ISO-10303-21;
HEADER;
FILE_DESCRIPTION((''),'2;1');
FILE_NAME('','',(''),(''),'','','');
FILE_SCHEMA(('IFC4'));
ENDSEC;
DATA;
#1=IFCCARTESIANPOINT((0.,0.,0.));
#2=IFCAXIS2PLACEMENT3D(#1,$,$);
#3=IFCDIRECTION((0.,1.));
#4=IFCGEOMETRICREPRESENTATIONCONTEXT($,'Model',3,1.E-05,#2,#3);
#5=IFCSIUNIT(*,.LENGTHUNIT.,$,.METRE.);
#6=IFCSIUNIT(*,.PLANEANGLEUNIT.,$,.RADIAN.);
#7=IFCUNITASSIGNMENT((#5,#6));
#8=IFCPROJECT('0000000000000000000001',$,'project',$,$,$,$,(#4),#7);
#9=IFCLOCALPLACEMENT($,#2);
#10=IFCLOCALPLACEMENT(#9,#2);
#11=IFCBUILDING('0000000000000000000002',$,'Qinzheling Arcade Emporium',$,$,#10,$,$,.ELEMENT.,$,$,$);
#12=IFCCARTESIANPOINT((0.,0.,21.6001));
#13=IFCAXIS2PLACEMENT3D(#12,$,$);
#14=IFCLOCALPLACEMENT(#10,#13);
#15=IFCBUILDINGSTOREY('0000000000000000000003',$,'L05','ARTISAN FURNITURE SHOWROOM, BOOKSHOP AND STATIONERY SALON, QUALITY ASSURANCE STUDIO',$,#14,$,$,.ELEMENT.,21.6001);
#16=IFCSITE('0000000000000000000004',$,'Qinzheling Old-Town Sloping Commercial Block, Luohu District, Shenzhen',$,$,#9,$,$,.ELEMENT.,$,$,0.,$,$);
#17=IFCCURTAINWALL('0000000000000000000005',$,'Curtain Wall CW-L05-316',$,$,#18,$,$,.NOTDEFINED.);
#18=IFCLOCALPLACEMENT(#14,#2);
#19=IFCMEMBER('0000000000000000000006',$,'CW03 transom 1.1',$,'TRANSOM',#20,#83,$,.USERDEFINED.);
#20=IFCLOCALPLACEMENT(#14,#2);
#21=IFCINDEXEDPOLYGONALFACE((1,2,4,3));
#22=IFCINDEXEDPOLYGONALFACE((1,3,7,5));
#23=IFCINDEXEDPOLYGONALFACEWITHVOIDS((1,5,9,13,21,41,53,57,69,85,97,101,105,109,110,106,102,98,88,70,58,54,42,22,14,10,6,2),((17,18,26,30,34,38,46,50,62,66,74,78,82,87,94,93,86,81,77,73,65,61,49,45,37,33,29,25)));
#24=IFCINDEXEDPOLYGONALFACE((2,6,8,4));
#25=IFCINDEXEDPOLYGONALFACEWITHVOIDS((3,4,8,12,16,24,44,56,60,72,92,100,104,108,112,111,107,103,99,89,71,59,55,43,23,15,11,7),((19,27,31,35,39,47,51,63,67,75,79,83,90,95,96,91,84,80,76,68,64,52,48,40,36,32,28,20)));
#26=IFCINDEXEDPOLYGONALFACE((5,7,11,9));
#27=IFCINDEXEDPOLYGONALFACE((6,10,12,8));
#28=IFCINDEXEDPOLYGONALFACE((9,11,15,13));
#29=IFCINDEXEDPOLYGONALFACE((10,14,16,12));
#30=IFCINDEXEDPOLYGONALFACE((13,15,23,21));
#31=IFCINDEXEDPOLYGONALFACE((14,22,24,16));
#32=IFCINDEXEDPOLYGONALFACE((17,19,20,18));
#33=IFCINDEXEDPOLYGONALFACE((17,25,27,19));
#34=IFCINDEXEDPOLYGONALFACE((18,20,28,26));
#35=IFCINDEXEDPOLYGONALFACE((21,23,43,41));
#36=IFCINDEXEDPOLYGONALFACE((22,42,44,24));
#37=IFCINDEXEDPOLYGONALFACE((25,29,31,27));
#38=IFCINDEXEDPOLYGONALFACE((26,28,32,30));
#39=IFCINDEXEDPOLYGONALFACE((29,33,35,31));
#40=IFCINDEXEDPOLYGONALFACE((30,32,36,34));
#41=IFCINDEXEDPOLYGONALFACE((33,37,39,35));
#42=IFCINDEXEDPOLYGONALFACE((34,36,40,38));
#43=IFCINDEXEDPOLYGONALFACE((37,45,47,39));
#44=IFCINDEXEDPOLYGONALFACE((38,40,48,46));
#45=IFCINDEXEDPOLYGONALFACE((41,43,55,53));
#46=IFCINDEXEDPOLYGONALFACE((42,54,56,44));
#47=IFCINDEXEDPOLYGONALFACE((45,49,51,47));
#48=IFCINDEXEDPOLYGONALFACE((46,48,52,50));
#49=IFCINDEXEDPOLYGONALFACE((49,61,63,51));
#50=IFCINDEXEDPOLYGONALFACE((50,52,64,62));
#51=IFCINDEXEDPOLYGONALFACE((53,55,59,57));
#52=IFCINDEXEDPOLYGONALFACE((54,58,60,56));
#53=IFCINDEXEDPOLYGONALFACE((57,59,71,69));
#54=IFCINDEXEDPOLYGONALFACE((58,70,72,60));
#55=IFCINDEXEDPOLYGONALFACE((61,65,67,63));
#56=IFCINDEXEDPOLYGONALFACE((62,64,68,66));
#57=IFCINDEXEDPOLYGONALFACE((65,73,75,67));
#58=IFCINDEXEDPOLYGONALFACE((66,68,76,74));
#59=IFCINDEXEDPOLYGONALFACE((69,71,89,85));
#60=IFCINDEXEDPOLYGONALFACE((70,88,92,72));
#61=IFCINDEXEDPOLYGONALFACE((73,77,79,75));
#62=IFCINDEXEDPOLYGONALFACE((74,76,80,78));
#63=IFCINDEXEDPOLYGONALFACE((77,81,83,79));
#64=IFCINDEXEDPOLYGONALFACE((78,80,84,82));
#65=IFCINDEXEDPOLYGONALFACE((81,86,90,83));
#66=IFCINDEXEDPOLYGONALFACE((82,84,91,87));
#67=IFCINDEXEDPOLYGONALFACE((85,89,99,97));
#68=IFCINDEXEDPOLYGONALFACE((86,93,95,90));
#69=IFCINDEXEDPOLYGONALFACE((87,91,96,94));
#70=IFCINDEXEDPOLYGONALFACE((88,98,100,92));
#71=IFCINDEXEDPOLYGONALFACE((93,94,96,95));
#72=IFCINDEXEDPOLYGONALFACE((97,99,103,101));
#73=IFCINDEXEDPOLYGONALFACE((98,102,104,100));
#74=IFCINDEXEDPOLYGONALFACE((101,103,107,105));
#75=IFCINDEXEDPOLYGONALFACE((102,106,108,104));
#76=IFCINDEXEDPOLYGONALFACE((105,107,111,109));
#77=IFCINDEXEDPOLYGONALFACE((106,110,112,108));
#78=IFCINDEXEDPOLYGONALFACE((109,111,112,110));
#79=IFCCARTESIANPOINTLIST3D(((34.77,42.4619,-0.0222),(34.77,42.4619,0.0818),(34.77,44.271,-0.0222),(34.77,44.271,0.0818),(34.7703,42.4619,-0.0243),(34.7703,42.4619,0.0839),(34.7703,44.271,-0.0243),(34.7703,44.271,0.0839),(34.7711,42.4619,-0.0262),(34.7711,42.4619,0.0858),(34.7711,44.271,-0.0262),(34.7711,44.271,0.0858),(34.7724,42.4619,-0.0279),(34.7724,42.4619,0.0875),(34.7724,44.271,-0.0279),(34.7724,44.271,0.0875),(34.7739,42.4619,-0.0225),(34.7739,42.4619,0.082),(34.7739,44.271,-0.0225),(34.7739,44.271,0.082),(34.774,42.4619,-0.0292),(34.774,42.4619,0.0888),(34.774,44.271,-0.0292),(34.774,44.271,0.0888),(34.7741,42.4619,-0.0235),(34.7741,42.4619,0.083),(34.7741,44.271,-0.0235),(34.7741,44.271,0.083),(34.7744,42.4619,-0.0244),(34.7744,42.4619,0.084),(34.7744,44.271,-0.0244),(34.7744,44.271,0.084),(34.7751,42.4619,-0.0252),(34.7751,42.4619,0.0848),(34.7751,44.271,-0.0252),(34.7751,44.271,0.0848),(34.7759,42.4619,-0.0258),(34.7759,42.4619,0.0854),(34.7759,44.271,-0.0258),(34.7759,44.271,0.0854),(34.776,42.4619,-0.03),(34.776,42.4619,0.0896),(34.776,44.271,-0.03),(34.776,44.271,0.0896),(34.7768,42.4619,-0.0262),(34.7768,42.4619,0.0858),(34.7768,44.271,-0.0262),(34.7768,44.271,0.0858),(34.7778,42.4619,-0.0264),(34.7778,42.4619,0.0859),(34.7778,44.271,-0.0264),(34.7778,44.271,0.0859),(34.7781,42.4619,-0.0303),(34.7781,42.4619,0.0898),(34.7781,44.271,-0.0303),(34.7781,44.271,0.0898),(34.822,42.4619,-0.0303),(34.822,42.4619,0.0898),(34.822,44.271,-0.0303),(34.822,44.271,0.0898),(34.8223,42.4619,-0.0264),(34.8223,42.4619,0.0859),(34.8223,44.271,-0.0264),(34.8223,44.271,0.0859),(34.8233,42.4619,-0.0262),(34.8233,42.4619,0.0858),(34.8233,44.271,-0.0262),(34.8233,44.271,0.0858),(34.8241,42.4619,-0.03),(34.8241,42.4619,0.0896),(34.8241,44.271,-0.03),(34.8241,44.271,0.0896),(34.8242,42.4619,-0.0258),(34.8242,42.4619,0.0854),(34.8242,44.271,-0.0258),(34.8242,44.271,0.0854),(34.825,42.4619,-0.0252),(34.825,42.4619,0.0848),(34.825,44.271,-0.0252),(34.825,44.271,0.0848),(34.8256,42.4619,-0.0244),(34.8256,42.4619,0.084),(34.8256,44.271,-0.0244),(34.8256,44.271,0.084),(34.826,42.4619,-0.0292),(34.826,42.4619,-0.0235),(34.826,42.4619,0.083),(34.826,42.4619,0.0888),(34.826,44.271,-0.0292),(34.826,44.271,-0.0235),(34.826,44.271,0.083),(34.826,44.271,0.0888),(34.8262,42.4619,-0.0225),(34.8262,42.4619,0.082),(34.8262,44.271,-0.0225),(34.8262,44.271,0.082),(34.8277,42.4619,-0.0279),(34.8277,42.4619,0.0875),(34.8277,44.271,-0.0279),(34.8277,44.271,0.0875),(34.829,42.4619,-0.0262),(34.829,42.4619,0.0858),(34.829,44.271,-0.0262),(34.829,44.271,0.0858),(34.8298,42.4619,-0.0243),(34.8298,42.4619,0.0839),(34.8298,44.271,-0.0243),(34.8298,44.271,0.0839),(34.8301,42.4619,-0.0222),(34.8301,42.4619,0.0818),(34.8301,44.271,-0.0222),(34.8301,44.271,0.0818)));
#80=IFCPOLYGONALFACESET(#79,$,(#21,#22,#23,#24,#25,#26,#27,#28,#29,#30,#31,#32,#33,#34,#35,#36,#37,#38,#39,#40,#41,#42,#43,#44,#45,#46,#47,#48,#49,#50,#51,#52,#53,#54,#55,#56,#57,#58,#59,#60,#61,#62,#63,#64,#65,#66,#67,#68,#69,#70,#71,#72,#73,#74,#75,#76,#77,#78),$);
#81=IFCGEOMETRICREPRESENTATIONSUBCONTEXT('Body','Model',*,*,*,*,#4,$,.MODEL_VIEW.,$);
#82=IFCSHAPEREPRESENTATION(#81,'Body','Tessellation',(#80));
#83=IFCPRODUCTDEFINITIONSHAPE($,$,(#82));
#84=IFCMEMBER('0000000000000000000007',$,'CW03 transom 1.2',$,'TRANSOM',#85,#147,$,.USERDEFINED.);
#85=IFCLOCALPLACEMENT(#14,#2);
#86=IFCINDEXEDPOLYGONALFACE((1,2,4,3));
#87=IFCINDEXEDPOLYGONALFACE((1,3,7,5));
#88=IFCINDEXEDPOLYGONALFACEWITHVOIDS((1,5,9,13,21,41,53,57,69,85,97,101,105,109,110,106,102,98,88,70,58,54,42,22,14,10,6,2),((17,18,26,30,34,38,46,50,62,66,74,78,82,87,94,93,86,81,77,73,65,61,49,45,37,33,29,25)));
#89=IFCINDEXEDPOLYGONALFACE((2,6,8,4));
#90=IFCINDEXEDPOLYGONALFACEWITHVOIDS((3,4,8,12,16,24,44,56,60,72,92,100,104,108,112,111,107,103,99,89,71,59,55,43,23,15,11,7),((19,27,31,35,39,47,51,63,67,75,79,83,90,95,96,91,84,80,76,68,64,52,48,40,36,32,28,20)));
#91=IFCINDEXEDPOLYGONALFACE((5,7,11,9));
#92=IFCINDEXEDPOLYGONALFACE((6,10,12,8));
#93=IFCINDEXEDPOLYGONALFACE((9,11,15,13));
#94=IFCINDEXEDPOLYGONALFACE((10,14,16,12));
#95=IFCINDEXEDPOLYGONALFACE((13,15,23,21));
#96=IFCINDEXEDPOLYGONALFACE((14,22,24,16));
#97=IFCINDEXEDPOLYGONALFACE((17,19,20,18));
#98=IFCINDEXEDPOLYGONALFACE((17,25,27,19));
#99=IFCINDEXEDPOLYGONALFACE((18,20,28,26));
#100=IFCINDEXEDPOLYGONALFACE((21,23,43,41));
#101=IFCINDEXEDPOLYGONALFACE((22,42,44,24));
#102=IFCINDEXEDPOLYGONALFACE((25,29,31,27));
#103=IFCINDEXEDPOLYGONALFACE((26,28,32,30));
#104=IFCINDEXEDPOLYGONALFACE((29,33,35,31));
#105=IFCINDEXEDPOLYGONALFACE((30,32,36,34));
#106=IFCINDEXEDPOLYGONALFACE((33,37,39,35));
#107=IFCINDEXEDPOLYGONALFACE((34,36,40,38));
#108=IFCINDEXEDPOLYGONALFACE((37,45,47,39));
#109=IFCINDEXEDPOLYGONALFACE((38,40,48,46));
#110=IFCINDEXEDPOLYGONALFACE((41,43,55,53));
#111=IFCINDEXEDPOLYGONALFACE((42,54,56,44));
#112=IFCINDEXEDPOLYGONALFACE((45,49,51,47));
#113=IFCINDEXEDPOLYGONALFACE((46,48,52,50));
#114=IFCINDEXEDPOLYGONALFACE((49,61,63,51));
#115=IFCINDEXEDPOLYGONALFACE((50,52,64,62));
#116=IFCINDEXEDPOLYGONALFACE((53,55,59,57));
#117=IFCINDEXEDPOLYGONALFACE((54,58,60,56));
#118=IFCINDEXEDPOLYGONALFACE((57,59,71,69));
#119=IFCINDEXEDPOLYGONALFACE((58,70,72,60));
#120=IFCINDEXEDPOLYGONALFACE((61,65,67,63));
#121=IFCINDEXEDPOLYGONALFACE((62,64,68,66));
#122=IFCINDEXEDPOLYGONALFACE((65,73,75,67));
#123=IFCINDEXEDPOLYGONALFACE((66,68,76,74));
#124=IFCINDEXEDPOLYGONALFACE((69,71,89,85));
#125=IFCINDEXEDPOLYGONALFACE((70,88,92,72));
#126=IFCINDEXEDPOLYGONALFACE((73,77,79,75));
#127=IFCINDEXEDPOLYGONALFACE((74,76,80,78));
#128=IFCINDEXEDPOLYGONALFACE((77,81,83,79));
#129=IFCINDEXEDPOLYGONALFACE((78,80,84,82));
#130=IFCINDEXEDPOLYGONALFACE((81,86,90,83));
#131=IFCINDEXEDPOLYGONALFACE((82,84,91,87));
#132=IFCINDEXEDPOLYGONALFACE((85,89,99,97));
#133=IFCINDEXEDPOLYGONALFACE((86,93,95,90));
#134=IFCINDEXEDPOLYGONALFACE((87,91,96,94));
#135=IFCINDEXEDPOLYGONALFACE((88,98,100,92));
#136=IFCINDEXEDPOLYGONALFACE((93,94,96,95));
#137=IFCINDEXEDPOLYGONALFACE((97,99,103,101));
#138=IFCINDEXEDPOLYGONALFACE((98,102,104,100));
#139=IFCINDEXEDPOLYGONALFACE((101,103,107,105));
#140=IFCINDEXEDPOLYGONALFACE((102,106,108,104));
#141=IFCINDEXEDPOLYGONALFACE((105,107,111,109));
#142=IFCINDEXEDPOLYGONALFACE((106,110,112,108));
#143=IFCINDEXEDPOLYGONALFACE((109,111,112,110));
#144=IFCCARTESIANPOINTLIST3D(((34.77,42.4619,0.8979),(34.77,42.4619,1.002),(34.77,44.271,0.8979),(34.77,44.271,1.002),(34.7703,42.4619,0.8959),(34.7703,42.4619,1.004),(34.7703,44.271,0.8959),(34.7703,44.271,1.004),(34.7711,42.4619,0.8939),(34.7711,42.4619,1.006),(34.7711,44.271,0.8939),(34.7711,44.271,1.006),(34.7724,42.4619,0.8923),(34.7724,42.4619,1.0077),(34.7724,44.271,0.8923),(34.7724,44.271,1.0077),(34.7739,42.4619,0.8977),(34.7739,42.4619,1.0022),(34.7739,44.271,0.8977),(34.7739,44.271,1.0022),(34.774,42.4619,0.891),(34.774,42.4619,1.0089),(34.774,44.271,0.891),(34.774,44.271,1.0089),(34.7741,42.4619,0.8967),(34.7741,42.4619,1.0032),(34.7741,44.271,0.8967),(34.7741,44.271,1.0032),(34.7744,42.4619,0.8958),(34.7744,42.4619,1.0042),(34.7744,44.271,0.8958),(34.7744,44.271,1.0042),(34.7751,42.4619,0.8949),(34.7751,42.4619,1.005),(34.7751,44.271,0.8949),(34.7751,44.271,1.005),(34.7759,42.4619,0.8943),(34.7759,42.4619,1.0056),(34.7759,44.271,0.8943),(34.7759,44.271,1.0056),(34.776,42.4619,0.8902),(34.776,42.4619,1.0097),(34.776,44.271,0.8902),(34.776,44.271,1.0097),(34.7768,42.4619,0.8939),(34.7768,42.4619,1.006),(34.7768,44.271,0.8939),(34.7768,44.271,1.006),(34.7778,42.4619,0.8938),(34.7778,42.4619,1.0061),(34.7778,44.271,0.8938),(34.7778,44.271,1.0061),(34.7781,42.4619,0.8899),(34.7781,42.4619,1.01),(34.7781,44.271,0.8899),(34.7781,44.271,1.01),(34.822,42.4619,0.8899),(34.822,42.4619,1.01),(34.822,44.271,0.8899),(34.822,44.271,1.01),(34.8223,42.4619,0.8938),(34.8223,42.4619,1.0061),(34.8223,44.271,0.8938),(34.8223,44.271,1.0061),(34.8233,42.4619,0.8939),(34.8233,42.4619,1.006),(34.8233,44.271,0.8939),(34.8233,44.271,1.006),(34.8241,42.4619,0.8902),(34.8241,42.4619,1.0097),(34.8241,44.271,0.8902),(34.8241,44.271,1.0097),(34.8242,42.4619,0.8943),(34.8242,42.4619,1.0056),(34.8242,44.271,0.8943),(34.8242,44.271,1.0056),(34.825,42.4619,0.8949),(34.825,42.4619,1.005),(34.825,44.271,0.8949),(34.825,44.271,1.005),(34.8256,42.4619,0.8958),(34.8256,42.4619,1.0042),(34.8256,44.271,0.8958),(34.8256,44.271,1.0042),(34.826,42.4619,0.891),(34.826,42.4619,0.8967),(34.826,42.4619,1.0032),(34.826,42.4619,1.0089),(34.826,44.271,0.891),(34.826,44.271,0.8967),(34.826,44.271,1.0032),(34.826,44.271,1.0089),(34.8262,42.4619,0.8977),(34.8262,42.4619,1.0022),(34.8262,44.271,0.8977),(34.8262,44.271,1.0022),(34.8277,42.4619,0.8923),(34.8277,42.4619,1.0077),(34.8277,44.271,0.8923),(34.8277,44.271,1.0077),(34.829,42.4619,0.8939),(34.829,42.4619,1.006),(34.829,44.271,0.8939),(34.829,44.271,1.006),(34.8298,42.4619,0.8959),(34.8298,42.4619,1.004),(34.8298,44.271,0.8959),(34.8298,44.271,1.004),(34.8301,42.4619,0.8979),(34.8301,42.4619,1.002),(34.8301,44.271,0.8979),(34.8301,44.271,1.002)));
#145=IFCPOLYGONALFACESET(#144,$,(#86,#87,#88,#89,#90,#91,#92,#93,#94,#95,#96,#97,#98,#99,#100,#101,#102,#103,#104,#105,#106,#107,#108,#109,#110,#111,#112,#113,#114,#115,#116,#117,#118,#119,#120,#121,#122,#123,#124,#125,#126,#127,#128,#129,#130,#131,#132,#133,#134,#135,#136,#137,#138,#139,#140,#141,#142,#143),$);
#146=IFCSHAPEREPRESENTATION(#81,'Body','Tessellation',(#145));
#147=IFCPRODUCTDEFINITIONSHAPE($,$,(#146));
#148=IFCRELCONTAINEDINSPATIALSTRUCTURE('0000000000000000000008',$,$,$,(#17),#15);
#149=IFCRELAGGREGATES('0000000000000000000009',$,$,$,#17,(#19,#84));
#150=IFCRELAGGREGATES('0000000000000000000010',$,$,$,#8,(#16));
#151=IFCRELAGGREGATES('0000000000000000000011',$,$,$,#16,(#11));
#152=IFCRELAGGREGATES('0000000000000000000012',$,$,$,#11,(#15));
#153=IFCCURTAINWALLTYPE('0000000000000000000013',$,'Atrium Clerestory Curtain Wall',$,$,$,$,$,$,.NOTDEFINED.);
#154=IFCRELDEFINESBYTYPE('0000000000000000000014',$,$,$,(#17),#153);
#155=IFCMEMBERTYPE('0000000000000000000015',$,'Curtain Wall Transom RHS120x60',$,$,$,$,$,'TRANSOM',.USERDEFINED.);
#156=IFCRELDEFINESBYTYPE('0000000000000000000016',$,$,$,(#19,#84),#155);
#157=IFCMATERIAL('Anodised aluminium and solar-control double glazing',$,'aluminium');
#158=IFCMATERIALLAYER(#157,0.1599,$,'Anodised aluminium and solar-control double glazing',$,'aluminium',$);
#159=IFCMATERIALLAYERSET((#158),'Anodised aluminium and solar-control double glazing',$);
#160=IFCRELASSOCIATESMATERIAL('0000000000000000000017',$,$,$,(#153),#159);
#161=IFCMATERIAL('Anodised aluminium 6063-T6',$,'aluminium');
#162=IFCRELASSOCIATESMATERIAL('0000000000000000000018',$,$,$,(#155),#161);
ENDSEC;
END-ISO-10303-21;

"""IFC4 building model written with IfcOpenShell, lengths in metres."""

from ifc_helpers import new_model, si_unit, direction, frame, origin, origin_2d, place, context, subcontext, project, spatial, hollow_rectangle, extrude, material, layer, layer_set, material_profile, profile_set, type_object, element, aggregate, save


model = new_model("IFC4")

# Units and contexts
model_context = context("Model", 3, precision=1e-05, world=origin(), true_north=direction((0.0, 1.0)))
body_context = subcontext(model_context, "Body", "Model", "MODEL_VIEW")
ifc_project = project(units=[si_unit("LENGTHUNIT", "METRE"), si_unit("PLANEANGLEUNIT", "RADIAN")], contexts=[model_context])

# Site, building, storey
site_placement = place(None, origin())
site = spatial("IfcSite", under=ifc_project, at=site_placement, Name="Qinzheling Old-Town Sloping Commercial Block, Luohu District, Shenzhen", CompositionType="ELEMENT", RefElevation=0.0)
building_placement = place(site_placement, origin())
building = spatial("IfcBuilding", under=site, at=building_placement, Name="Qinzheling Arcade Emporium", CompositionType="ELEMENT")
storey_placement = place(building_placement, frame((0.0, 0.0, 21.6001)))
storey = spatial("IfcBuildingStorey", under=building, at=storey_placement, Name="L05", Description="ARTISAN FURNITURE SHOWROOM, BOOKSHOP AND STATIONERY SALON, QUALITY ASSURANCE STUDIO", CompositionType="ELEMENT", Elevation=21.6001)

# Curtain wall
ifc_material_1 = material(Name="Anodised aluminium and solar-control double glazing", Category="aluminium")
ifc_layer_1 = layer(ifc_material_1, 0.1599, Name="Anodised aluminium and solar-control double glazing", Category="aluminium")
ifc_layer_set_1 = layer_set([ifc_layer_1], Name="Anodised aluminium and solar-control double glazing")
curtain_wall_type = type_object("IfcCurtainWallType", Name="Atrium Clerestory Curtain Wall", PredefinedType="NOTDEFINED", material=ifc_layer_set_1)
ifc_material_2 = material(Name="Anodised aluminium 6063-T6", Category="aluminium")
curtain_wall_1_placement = place(storey_placement, origin())
curtain_wall_1 = element("IfcCurtainWall", 1, at=curtain_wall_1_placement, inside=storey, type_object=curtain_wall_type, Name="Curtain Wall CW-L05-316", PredefinedType="NOTDEFINED")

# Members
ifc_material_profile_1 = material_profile(ifc_material_2, hollow_rectangle(XDim=0.0601, YDim=0.1201, WallThickness=0.0039, InnerFilletRadius=0.0039, OuterFilletRadius=0.0081, at=origin_2d()), Name="RHS 120x60x4", Category="aluminium")
ifc_profile_set_1 = profile_set([ifc_material_profile_1], Name="Anodised aluminium 6063-T6")
member_type_1 = type_object("IfcMemberType", Name="Curtain Wall Transom RHS120x60", ElementType="TRANSOM", PredefinedType="USERDEFINED", material=ifc_profile_set_1)
member_1_placement = place(storey_placement, frame((34.8, 42.4619, 0.0298), z_axis=(0.0, 1.0, 0.0), x_axis=(-1.0, 0.0, 0.0)))
member_1 = element("IfcMember", 2, at=member_1_placement, type_object=member_type_1, Name="CW03 transom 1.1", ObjectType="TRANSOM", PredefinedType="USERDEFINED", context=body_context, shape_type="SweptSolid", body=[
    extrude(hollow_rectangle(XDim=0.0601, YDim=0.1201, WallThickness=0.0039, InnerFilletRadius=0.0039, OuterFilletRadius=0.0081, at=origin_2d()), origin(), (0.0, 0.0, 1.0), 1.8091),
])
member_2_placement = place(storey_placement, frame((34.8, 42.4619, 0.95), z_axis=(0.0, 1.0, 0.0), x_axis=(-1.0, 0.0, 0.0)))
member_2 = element("IfcMember", 3, at=member_2_placement, type_object=member_type_1, Name="CW03 transom 1.2", ObjectType="TRANSOM", PredefinedType="USERDEFINED", context=body_context, shape_type="SweptSolid", body=[
    extrude(hollow_rectangle(XDim=0.0601, YDim=0.1201, WallThickness=0.0039, InnerFilletRadius=0.0039, OuterFilletRadius=0.0081, at=origin_2d()), origin(), (0.0, 0.0, 1.0), 1.8091),
])

aggregate(curtain_wall_1, [member_1, member_2])

save(model, "model.ifc")
